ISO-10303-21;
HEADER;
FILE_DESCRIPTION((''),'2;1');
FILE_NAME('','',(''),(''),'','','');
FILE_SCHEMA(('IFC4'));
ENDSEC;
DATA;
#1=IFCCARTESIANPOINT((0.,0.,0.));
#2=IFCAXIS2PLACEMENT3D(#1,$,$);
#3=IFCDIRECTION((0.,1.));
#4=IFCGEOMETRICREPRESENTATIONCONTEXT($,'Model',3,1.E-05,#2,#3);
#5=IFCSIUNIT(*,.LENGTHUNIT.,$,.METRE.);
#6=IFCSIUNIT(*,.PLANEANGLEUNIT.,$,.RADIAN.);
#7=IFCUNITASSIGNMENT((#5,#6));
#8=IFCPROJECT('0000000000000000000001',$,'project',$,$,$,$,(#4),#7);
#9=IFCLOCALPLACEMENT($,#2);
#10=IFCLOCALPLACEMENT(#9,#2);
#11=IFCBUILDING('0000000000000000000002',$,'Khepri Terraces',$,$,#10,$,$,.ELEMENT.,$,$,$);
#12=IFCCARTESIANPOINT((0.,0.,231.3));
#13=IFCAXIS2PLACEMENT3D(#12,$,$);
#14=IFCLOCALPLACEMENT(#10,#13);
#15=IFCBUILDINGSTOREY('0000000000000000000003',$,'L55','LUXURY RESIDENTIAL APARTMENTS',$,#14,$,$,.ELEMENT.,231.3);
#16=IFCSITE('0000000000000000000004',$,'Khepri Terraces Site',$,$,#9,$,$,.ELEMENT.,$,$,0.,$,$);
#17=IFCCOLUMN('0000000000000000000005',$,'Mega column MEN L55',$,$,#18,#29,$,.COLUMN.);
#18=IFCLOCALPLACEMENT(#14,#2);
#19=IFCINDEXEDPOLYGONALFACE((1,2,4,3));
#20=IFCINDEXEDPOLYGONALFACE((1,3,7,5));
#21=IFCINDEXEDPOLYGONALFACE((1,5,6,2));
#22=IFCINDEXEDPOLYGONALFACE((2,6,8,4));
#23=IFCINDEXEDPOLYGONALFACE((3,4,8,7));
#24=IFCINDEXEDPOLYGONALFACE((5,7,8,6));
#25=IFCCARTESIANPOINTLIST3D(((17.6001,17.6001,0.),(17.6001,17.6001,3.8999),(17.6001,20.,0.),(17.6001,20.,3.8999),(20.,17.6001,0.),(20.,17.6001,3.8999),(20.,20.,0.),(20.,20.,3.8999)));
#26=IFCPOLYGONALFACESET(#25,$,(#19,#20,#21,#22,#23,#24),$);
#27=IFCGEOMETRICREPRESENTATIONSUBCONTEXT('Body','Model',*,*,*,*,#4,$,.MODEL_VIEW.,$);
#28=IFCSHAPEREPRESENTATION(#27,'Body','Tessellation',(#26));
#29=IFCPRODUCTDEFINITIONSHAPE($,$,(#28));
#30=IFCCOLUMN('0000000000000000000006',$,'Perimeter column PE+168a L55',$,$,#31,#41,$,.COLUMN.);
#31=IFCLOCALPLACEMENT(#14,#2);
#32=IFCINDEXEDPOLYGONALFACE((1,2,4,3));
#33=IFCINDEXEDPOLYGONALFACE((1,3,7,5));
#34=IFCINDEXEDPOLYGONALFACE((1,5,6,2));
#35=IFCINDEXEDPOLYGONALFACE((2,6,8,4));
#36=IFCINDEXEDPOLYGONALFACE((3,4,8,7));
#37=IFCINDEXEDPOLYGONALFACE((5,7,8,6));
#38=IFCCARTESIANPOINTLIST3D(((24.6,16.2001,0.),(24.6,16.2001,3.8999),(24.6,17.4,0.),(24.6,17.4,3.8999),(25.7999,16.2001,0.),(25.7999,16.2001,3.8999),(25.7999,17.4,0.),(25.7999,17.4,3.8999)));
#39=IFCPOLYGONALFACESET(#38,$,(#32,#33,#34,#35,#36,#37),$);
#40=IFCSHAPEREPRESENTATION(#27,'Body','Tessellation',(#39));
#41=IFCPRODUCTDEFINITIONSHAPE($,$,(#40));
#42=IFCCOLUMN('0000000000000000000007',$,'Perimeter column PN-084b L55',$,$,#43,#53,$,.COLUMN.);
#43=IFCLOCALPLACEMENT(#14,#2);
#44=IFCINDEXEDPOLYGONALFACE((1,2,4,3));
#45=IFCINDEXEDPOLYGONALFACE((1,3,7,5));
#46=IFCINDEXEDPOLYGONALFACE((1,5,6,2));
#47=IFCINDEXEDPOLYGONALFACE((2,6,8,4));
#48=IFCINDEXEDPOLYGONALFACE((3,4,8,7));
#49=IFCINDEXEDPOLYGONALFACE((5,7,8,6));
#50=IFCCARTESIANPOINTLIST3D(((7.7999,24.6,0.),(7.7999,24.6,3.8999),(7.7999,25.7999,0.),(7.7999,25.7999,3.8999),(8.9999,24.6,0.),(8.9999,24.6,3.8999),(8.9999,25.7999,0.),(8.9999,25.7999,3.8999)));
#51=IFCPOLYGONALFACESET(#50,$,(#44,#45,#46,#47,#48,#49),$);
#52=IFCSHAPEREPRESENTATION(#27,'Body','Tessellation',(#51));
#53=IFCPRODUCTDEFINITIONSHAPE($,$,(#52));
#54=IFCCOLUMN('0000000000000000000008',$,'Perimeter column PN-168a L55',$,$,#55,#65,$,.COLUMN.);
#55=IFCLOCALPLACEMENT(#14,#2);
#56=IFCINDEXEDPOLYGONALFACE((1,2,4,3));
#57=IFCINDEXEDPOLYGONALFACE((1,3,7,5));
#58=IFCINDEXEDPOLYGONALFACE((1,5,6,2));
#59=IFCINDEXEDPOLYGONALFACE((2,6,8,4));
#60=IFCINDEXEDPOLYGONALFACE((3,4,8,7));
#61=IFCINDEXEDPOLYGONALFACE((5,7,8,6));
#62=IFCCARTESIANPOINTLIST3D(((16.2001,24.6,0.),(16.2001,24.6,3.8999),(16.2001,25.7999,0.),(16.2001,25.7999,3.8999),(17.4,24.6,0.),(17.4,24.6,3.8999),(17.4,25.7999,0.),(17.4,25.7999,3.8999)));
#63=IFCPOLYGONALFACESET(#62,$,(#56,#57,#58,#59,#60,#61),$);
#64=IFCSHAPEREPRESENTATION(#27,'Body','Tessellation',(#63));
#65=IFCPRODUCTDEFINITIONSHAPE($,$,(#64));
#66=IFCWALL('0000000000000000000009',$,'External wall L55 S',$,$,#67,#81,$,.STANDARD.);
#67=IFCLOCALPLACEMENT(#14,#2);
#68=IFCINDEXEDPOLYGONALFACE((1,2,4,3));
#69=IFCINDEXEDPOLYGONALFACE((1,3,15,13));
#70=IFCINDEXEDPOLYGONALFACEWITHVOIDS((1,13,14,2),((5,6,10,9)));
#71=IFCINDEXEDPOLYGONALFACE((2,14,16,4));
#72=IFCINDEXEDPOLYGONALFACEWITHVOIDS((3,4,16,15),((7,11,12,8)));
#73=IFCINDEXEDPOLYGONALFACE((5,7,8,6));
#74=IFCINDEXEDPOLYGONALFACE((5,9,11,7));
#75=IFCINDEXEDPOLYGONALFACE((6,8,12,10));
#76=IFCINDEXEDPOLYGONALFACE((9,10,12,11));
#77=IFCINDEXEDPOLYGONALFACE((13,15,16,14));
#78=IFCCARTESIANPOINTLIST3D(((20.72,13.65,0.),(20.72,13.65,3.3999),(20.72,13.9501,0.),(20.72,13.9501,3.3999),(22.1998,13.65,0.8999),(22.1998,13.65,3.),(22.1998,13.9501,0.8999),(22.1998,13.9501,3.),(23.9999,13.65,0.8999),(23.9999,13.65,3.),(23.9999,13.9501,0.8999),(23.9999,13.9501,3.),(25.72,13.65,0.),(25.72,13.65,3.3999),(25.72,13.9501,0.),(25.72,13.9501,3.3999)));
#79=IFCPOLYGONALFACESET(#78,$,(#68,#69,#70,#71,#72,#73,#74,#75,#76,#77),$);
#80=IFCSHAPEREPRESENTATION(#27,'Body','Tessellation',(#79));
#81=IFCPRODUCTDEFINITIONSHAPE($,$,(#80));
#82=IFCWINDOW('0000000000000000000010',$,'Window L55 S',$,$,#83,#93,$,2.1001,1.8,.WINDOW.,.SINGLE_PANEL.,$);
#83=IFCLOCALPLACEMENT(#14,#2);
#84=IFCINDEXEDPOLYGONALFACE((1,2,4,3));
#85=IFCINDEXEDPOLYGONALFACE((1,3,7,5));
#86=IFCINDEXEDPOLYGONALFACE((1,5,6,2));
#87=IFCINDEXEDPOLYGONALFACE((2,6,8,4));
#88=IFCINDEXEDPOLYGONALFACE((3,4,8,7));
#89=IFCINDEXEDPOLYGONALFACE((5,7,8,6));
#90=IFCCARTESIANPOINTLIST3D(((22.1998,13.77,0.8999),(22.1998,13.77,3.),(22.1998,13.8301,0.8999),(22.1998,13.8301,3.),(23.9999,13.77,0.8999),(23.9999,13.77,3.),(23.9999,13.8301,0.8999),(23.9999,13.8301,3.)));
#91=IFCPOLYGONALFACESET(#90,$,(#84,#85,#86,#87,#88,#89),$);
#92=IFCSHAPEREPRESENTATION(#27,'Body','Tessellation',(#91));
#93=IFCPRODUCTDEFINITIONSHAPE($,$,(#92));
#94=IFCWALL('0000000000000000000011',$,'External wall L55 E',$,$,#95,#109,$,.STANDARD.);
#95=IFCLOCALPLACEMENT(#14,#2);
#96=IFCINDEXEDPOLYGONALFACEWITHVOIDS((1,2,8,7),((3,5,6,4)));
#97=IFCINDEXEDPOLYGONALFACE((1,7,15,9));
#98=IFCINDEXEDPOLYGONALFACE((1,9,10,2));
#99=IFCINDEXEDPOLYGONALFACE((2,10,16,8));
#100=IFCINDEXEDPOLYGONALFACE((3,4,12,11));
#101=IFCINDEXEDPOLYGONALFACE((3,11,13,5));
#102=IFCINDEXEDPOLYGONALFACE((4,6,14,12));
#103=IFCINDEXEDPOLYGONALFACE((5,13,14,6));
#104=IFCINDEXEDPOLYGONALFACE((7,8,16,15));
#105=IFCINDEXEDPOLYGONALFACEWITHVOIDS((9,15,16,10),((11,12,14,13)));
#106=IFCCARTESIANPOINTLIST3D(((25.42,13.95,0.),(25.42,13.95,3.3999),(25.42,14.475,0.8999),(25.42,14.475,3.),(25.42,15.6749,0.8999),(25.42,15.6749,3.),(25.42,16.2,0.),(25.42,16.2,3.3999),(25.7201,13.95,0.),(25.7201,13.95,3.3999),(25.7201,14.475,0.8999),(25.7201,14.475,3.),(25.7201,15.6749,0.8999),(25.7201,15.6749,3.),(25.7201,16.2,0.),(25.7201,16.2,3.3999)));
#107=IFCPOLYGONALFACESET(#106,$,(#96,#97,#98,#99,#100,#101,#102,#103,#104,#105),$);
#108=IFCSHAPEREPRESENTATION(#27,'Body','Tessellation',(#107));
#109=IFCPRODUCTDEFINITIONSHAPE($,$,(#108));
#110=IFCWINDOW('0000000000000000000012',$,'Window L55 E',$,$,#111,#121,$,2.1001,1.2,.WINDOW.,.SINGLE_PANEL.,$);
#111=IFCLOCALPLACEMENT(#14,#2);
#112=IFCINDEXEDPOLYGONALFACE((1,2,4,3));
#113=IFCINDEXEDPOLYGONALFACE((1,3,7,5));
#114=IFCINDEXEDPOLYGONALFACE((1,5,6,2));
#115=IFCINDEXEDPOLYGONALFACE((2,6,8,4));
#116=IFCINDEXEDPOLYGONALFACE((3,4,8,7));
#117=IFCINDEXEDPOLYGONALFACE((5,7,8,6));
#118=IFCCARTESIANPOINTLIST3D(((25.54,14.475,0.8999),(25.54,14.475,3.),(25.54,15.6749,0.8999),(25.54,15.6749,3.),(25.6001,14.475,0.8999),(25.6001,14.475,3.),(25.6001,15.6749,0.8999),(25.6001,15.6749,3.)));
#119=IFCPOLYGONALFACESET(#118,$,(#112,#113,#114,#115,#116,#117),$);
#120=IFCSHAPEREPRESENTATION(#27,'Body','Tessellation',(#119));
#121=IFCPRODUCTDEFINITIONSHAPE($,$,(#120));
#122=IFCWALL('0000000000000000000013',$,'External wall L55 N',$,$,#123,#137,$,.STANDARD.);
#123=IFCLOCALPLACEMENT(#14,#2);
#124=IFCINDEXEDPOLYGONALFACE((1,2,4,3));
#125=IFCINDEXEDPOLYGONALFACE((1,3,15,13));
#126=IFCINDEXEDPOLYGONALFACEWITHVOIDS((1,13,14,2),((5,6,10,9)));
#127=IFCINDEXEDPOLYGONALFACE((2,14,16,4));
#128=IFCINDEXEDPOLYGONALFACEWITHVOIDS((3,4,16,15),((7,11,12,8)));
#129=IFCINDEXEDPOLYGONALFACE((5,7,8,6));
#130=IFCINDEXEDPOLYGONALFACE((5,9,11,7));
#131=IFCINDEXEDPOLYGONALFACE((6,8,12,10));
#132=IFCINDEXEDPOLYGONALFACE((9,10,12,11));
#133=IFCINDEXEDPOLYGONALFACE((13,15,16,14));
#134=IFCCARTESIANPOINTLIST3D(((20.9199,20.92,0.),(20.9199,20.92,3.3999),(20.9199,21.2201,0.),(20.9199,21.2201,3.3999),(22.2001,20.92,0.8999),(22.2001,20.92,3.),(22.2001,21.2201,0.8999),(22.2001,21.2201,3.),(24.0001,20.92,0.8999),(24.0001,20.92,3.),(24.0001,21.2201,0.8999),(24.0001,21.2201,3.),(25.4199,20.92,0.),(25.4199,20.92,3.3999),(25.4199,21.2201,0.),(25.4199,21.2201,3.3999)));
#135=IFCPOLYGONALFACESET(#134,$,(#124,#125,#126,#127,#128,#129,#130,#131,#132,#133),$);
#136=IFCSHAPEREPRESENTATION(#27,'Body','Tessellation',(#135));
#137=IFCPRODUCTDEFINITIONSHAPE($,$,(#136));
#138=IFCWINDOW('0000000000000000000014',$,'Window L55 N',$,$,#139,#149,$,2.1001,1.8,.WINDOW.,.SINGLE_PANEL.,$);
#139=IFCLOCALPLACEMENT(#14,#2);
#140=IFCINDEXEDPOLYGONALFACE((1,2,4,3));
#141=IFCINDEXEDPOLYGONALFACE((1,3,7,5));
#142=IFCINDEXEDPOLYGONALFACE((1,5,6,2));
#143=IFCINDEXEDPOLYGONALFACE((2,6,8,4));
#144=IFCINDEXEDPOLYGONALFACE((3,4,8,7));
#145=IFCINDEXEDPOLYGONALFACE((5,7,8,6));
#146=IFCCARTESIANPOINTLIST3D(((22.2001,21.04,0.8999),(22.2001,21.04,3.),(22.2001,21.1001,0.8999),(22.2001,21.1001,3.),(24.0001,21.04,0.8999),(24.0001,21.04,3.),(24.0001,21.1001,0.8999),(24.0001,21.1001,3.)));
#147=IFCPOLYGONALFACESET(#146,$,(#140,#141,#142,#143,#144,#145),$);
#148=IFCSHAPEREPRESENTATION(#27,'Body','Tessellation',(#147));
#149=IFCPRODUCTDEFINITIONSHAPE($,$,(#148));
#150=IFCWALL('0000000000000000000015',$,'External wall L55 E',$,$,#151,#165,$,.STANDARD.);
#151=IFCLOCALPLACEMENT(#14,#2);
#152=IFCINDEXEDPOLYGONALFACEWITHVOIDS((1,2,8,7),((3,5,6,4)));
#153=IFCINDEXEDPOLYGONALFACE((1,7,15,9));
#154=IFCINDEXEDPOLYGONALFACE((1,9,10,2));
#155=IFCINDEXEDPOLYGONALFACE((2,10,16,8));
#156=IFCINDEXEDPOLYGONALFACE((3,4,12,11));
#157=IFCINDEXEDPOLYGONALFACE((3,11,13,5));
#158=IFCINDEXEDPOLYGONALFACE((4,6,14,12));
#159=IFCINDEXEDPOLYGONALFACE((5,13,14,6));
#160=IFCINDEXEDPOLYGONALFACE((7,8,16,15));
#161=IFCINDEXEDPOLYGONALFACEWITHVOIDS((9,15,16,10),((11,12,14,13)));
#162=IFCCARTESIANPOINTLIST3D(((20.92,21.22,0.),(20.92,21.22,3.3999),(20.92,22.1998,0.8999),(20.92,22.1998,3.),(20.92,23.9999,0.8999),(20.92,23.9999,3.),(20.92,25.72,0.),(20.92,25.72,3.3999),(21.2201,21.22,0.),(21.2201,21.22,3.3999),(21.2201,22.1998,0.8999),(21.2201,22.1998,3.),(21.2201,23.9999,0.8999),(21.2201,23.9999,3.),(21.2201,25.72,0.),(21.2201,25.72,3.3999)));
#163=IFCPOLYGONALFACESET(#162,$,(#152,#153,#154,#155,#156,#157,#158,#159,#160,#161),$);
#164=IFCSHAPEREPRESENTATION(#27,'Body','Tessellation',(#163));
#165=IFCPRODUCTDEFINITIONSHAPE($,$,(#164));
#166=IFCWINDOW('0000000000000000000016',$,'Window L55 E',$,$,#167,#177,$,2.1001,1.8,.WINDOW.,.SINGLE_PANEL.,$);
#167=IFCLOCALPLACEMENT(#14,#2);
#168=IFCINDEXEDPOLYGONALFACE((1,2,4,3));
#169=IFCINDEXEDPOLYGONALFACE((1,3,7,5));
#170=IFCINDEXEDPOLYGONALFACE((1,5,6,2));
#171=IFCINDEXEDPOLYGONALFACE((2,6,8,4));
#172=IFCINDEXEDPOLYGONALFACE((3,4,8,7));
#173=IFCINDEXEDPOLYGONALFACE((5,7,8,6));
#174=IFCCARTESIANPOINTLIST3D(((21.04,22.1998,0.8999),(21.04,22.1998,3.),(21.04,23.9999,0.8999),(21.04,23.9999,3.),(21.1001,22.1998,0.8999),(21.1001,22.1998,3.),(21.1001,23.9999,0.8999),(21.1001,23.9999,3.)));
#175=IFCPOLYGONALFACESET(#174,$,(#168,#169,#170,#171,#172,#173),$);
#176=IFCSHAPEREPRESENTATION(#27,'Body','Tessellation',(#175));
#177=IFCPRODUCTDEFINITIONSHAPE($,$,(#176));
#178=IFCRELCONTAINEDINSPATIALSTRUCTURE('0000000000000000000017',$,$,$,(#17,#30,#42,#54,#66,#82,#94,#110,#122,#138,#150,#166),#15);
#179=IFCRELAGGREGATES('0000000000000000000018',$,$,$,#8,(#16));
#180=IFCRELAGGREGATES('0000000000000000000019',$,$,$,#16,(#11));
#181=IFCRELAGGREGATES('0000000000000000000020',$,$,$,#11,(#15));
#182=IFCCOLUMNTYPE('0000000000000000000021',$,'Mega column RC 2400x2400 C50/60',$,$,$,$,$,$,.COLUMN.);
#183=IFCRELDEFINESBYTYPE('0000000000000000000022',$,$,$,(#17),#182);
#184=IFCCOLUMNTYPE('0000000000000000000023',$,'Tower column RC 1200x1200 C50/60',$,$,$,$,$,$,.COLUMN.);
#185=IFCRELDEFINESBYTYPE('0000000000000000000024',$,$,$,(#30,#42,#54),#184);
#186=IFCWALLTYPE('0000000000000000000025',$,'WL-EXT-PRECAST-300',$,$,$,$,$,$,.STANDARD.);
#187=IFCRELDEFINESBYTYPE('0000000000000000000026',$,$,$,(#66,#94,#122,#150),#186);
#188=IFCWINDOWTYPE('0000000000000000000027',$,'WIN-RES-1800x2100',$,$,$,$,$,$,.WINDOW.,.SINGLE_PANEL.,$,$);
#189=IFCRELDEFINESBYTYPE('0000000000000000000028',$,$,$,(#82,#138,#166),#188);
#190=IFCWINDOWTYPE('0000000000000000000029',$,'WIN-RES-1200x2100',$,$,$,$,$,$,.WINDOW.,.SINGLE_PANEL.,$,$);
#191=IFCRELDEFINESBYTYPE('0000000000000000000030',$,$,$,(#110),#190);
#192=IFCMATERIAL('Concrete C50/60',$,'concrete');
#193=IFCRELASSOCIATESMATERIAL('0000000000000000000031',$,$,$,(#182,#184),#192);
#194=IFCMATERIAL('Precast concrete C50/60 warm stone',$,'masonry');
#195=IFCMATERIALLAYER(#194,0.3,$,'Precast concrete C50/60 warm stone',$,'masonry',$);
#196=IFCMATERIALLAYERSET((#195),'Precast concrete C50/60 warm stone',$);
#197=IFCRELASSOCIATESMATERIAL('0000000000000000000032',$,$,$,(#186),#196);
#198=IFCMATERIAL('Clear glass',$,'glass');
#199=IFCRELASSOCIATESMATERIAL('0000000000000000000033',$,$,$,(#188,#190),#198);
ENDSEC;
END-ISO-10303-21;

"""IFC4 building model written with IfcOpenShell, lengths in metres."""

from ifc_helpers import new_model, si_unit, direction, frame, frame_2d, origin, origin_2d, place, context, subcontext, project, spatial, rectangle, extrude, material, layer, layer_set, material_profile, profile_set, type_object, element, fill, save


model = new_model("IFC4")

# Units and contexts
model_context = context("Model", 3, precision=1e-05, world=origin(), true_north=direction((0.0, 1.0)))
body_context = subcontext(model_context, "Body", "Model", "MODEL_VIEW")
ifc_project = project(units=[si_unit("LENGTHUNIT", "METRE"), si_unit("PLANEANGLEUNIT", "RADIAN")], contexts=[model_context])

# Site, building, storey
site_placement = place(None, origin())
site = spatial("IfcSite", under=ifc_project, at=site_placement, Name="Khepri Terraces Site", CompositionType="ELEMENT", RefElevation=0.0)
building_placement = place(site_placement, origin())
building = spatial("IfcBuilding", under=site, at=building_placement, Name="Khepri Terraces", CompositionType="ELEMENT")
storey_placement = place(building_placement, frame((0.0, 0.0, 231.3)))
storey = spatial("IfcBuildingStorey", under=building, at=storey_placement, Name="L55", Description="LUXURY RESIDENTIAL APARTMENTS", CompositionType="ELEMENT", Elevation=231.3)

# Columns
ifc_material_1 = material(Name="Concrete C50/60", Category="concrete")
ifc_material_profile_1 = material_profile(ifc_material_1, rectangle(XDim=2.3999, YDim=2.3999, at=origin_2d()), Name="Concrete C50/60", Category="concrete")
ifc_profile_set_1 = profile_set([ifc_material_profile_1], Name="Concrete C50/60")
column_type_1 = type_object("IfcColumnType", Name="Mega column RC 2400x2400 C50/60", PredefinedType="COLUMN", material=ifc_profile_set_1)
column_placement = place(storey_placement, frame((18.8, 18.8, 0.0), z_axis=(0.0, 0.0, 1.0), x_axis=(1.0, 0.0, 0.0)))
element("IfcColumn", 1, at=column_placement, inside=storey, type_object=column_type_1, Name="Mega column MEN L55", PredefinedType="COLUMN", context=body_context, shape_type="SweptSolid", body=[
    extrude(rectangle(XDim=2.3999, YDim=2.3999, at=origin_2d()), origin(), (0.0, 0.0, 1.0), 3.8999),
])
ifc_material_profile_2 = material_profile(ifc_material_1, rectangle(XDim=1.2, YDim=1.2, at=origin_2d()), Name="Concrete C50/60", Category="concrete")
ifc_profile_set_2 = profile_set([ifc_material_profile_2], Name="Concrete C50/60")
column_type_2 = type_object("IfcColumnType", Name="Tower column RC 1200x1200 C50/60", PredefinedType="COLUMN", material=ifc_profile_set_2)
for number, where, z_axis, x_axis, name in (
    (2, (25.2, 16.8, 0.0), (0.0, 0.0, 1.0), (1.0, 0.0, 0.0), "Perimeter column PE+168a L55"),
    (3, (8.3999, 25.2, 0.0), (0.0, 0.0, 1.0), (1.0, 0.0, 0.0), "Perimeter column PN-084b L55"),
    (4, (16.8, 25.2, 0.0), (0.0, 0.0, 1.0), (1.0, 0.0, 0.0), "Perimeter column PN-168a L55"),
):
    element("IfcColumn", number, at=place(storey_placement, frame(where, z_axis=z_axis, x_axis=x_axis)), inside=storey, type_object=column_type_2, Name=name, PredefinedType="COLUMN", context=body_context, shape_type="SweptSolid", body=[
        extrude(rectangle(XDim=1.2, YDim=1.2, at=origin_2d()), origin(), (0.0, 0.0, 1.0), 3.8999),
    ])

# Walls, openings, windows
ifc_material_2 = material(Name="Precast concrete C50/60 warm stone", Category="masonry")
ifc_layer_1 = layer(ifc_material_2, 0.3, Name="Precast concrete C50/60 warm stone", Category="masonry")
ifc_layer_set_1 = layer_set([ifc_layer_1], Name="Precast concrete C50/60 warm stone")
wall_type_1 = type_object("IfcWallType", Name="WL-EXT-PRECAST-300", PredefinedType="STANDARD", material=ifc_layer_set_1)
wall_1_placement = place(storey_placement, frame((20.72, 13.8, 0.0), z_axis=(0.0, 0.0, 1.0), x_axis=(1.0, 0.0, 0.0)))
wall_1 = element("IfcWall", 5, at=wall_1_placement, inside=storey, type_object=wall_type_1, Name="External wall L55 S", PredefinedType="STANDARD", context=body_context, shape_type="SweptSolid", body=[
    extrude(rectangle(XDim=5.0, YDim=0.3, at=frame_2d((2.5, 0.0))), origin(), (0.0, 0.0, 1.0), 3.3999),
])
opening_1_placement = place(wall_1_placement, frame((1.48, 0.0, 0.8999)))
opening_1 = element("IfcOpeningElement", 6, at=opening_1_placement, cuts=wall_1, PredefinedType="OPENING", context=body_context, shape_type="SweptSolid", body=[
    extrude(rectangle(XDim=1.8, YDim=2.1001, at=frame_2d((0.8999, 1.05))), frame((0.0, 0.1602, 0.0), z_axis=(0.0, -1.0, 0.0), x_axis=(1.0, 0.0, 0.0)), (0.0, 0.0, 1.0), 0.3201),
])
ifc_material_3 = material(Name="Clear glass", Category="glass")
window_type_1 = type_object("IfcWindowType", Name="WIN-RES-1800x2100", PartitioningType="SINGLE_PANEL", PredefinedType="WINDOW", material=ifc_material_3)
window_1_placement = place(opening_1_placement, origin())
window_1 = element("IfcWindow", 7, at=window_1_placement, inside=storey, type_object=window_type_1, Name="Window L55 S", OverallHeight=2.1001, OverallWidth=1.8, PartitioningType="SINGLE_PANEL", PredefinedType="WINDOW", context=body_context, shape_type="SweptSolid", body=[
    extrude(rectangle(XDim=1.8, YDim=2.1001, at=frame_2d((0.8999, 1.05))), frame((0.0, 0.03, 0.0), z_axis=(0.0, -1.0, 0.0), x_axis=(1.0, 0.0, 0.0)), (0.0, 0.0, 1.0), 0.0601),
])
fill(opening_1, window_1)
wall_2_placement = place(storey_placement, frame((25.5701, 13.95, 0.0), z_axis=(0.0, 0.0, 1.0), x_axis=(0.0, 1.0, 0.0)))
wall_2 = element("IfcWall", 8, at=wall_2_placement, inside=storey, type_object=wall_type_1, Name="External wall L55 E", PredefinedType="STANDARD", context=body_context, shape_type="SweptSolid", body=[
    extrude(rectangle(XDim=2.25, YDim=0.3, at=frame_2d((1.125, 0.0))), origin(), (0.0, 0.0, 1.0), 3.3999),
])
opening_2_placement = place(wall_2_placement, frame((0.5249, 0.0, 0.8999)))
opening_2 = element("IfcOpeningElement", 9, at=opening_2_placement, cuts=wall_2, PredefinedType="OPENING", context=body_context, shape_type="SweptSolid", body=[
    extrude(rectangle(XDim=1.2, YDim=2.1001, at=frame_2d((0.6001, 1.05))), frame((0.0, 0.1602, 0.0), z_axis=(0.0, -1.0, 0.0), x_axis=(1.0, 0.0, 0.0)), (0.0, 0.0, 1.0), 0.3201),
])
window_type_2 = type_object("IfcWindowType", Name="WIN-RES-1200x2100", PartitioningType="SINGLE_PANEL", PredefinedType="WINDOW", material=ifc_material_3)
window_2_placement = place(opening_2_placement, origin())
window_2 = element("IfcWindow", 10, at=window_2_placement, inside=storey, type_object=window_type_2, Name="Window L55 E", OverallHeight=2.1001, OverallWidth=1.2, PartitioningType="SINGLE_PANEL", PredefinedType="WINDOW", context=body_context, shape_type="SweptSolid", body=[
    extrude(rectangle(XDim=1.2, YDim=2.1001, at=frame_2d((0.6001, 1.05))), frame((0.0, 0.03, 0.0), z_axis=(0.0, -1.0, 0.0), x_axis=(1.0, 0.0, 0.0)), (0.0, 0.0, 1.0), 0.0601),
])
fill(opening_2, window_2)

# Walls, openings, windows
wall_3_placement = place(storey_placement, frame((25.4199, 21.0701, 0.0), z_axis=(0.0, 0.0, 1.0), x_axis=(-1.0, 0.0, 0.0)))
wall_3 = element("IfcWall", 11, at=wall_3_placement, inside=storey, type_object=wall_type_1, Name="External wall L55 N", PredefinedType="STANDARD", context=body_context, shape_type="SweptSolid", body=[
    extrude(rectangle(XDim=4.5, YDim=0.3, at=frame_2d((2.25, 0.0))), origin(), (0.0, 0.0, 1.0), 3.3999),
])
opening_3_placement = place(wall_3_placement, frame((1.4199, 0.0, 0.8999)))
opening_3 = element("IfcOpeningElement", 12, at=opening_3_placement, cuts=wall_3, PredefinedType="OPENING", context=body_context, shape_type="SweptSolid", body=[
    extrude(rectangle(XDim=1.8, YDim=2.1001, at=frame_2d((0.8999, 1.05))), frame((0.0, 0.1602, 0.0), z_axis=(0.0, -1.0, 0.0), x_axis=(1.0, 0.0, 0.0)), (0.0, 0.0, 1.0), 0.3201),
])
window_3_placement = place(opening_3_placement, origin())
window_3 = element("IfcWindow", 13, at=window_3_placement, inside=storey, type_object=window_type_1, Name="Window L55 N", OverallHeight=2.1001, OverallWidth=1.8, PartitioningType="SINGLE_PANEL", PredefinedType="WINDOW", context=body_context, shape_type="SweptSolid", body=[
    extrude(rectangle(XDim=1.8, YDim=2.1001, at=frame_2d((0.8999, 1.05))), frame((0.0, 0.03, 0.0), z_axis=(0.0, -1.0, 0.0), x_axis=(1.0, 0.0, 0.0)), (0.0, 0.0, 1.0), 0.0601),
])
fill(opening_3, window_3)
wall_4_placement = place(storey_placement, frame((21.0701, 21.22, 0.0), z_axis=(0.0, 0.0, 1.0), x_axis=(0.0, 1.0, 0.0)))
wall_4 = element("IfcWall", 14, at=wall_4_placement, inside=storey, type_object=wall_type_1, Name="External wall L55 E", PredefinedType="STANDARD", context=body_context, shape_type="SweptSolid", body=[
    extrude(rectangle(XDim=4.5, YDim=0.3, at=frame_2d((2.25, 0.0))), origin(), (0.0, 0.0, 1.0), 3.3999),
])
opening_4_placement = place(wall_4_placement, frame((0.98, 0.0, 0.8999)))
opening_4 = element("IfcOpeningElement", 15, at=opening_4_placement, cuts=wall_4, PredefinedType="OPENING", context=body_context, shape_type="SweptSolid", body=[
    extrude(rectangle(XDim=1.8, YDim=2.1001, at=frame_2d((0.8999, 1.05))), frame((0.0, 0.1602, 0.0), z_axis=(0.0, -1.0, 0.0), x_axis=(1.0, 0.0, 0.0)), (0.0, 0.0, 1.0), 0.3201),
])
window_4_placement = place(opening_4_placement, origin())
window_4 = element("IfcWindow", 16, at=window_4_placement, inside=storey, type_object=window_type_1, Name="Window L55 E", OverallHeight=2.1001, OverallWidth=1.8, PartitioningType="SINGLE_PANEL", PredefinedType="WINDOW", context=body_context, shape_type="SweptSolid", body=[
    extrude(rectangle(XDim=1.8, YDim=2.1001, at=frame_2d((0.8999, 1.05))), frame((0.0, 0.03, 0.0), z_axis=(0.0, -1.0, 0.0), x_axis=(1.0, 0.0, 0.0)), (0.0, 0.0, 1.0), 0.0601),
])
fill(opening_4, window_4)

save(model, "model.ifc")
